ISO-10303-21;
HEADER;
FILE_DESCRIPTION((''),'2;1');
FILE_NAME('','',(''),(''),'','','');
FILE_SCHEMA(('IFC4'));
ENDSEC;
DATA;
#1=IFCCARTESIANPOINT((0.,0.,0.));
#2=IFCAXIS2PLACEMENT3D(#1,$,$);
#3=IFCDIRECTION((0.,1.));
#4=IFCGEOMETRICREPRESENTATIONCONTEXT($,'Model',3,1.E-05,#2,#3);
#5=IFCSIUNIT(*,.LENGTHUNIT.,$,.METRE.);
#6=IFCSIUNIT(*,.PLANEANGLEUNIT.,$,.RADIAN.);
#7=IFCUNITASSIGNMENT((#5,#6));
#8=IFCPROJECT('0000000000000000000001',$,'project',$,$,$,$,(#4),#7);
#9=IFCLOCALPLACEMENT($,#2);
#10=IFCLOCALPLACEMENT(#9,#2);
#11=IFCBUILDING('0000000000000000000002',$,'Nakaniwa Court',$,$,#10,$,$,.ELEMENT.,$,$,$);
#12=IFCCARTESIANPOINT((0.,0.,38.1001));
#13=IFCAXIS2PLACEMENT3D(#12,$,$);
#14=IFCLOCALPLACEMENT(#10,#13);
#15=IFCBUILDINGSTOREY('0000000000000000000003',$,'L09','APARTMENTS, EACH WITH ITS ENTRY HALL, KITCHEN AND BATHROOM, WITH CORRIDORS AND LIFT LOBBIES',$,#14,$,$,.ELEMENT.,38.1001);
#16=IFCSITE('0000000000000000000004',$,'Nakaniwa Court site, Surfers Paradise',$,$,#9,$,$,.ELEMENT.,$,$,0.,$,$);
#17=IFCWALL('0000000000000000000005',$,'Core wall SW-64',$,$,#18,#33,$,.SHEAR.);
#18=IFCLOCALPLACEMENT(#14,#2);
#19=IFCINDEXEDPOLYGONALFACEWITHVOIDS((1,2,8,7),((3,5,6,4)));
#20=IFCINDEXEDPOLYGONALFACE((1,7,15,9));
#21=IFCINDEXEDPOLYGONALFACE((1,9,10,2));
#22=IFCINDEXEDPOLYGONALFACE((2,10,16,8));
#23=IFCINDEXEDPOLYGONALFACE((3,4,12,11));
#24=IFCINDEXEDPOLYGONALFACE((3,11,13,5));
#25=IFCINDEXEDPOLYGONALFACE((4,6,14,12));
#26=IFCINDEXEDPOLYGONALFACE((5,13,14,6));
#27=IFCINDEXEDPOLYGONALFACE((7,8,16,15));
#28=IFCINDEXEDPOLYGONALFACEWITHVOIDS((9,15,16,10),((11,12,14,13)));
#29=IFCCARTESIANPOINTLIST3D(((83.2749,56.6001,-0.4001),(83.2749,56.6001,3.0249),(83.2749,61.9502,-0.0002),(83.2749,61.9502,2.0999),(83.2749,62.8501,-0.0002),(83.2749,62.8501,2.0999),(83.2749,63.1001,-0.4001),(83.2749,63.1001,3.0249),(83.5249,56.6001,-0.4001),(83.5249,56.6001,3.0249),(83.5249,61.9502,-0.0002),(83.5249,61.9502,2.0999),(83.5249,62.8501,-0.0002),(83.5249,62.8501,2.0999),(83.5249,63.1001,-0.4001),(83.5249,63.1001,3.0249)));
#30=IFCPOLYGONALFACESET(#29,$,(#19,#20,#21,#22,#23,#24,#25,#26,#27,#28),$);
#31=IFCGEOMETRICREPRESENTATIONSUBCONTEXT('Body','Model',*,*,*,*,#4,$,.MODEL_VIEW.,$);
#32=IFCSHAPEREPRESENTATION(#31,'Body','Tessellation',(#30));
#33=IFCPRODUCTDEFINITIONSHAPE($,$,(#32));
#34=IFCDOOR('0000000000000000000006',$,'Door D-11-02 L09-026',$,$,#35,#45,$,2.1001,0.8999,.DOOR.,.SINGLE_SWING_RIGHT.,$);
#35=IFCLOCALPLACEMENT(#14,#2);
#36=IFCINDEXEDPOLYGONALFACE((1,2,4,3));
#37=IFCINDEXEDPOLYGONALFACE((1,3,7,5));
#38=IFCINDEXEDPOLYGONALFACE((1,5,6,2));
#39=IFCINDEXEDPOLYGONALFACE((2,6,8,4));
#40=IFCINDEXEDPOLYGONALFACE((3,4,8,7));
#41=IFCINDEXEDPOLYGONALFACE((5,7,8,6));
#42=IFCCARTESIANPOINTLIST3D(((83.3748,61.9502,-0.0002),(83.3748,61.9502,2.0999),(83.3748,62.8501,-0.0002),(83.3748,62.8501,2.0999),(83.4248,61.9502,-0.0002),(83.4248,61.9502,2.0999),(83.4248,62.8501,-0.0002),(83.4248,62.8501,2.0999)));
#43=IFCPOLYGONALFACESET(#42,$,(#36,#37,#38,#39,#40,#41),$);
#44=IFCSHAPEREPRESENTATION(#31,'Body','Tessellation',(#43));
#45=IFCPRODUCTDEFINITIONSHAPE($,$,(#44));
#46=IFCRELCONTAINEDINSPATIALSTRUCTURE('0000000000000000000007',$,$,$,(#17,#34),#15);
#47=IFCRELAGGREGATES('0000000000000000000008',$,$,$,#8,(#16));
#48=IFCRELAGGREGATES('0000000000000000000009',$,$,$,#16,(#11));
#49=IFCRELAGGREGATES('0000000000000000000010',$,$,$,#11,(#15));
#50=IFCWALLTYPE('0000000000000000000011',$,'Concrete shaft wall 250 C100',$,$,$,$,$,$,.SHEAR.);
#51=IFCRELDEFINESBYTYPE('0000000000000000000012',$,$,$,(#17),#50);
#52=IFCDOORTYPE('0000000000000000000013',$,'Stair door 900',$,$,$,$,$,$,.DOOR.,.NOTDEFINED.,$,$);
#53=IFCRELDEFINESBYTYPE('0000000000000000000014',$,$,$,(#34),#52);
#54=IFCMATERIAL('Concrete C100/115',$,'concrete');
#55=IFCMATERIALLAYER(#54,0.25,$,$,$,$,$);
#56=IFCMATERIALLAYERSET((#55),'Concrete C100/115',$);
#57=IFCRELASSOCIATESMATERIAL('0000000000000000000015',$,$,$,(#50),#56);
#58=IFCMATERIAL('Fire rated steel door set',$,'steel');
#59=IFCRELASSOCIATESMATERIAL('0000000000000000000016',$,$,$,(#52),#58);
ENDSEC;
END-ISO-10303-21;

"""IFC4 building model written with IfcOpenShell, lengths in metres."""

from ifc_helpers import new_model, si_unit, direction, frame, frame_2d, origin, place, context, subcontext, project, spatial, rectangle, extrude, material, layer, layer_set, type_object, element, fill, save


model = new_model("IFC4")

# Units and contexts
model_context = context("Model", 3, precision=1e-05, world=origin(), true_north=direction((0.0, 1.0)))
body_context = subcontext(model_context, "Body", "Model", "MODEL_VIEW")
ifc_project = project(units=[si_unit("LENGTHUNIT", "METRE"), si_unit("PLANEANGLEUNIT", "RADIAN")], contexts=[model_context])

# Site, building, storey
site_placement = place(None, origin())
site = spatial("IfcSite", under=ifc_project, at=site_placement, Name="Nakaniwa Court site, Surfers Paradise", CompositionType="ELEMENT", RefElevation=0.0)
building_placement = place(site_placement, origin())
building = spatial("IfcBuilding", under=site, at=building_placement, Name="Nakaniwa Court", CompositionType="ELEMENT")
storey_placement = place(building_placement, frame((0.0, 0.0, 38.1001)))
storey = spatial("IfcBuildingStorey", under=building, at=storey_placement, Name="L09", Description="APARTMENTS, EACH WITH ITS ENTRY HALL, KITCHEN AND BATHROOM, WITH CORRIDORS AND LIFT LOBBIES", CompositionType="ELEMENT", Elevation=38.1001)

# Shared definitions
ifc_material_1 = material(Name="Fire rated steel door set", Category="steel")

# Shared definitions
ifc_material_2 = material(Name="Concrete C100/115", Category="concrete")
ifc_layer_1 = layer(ifc_material_2, 0.25)
ifc_layer_set_1 = layer_set([ifc_layer_1], Name="Concrete C100/115")
wall_type_1 = type_object("IfcWallType", Name="Concrete shaft wall 250 C100", PredefinedType="SHEAR", material=ifc_layer_set_1)

# Wall, opening, door
wall_1_placement = place(storey_placement, frame((83.3999, 63.1001, -0.4001), z_axis=(0.0, 0.0, 1.0), x_axis=(0.0, -1.0, 0.0)))
wall_1 = element("IfcWall", 1, at=wall_1_placement, inside=storey, type_object=wall_type_1, Name="Core wall SW-64", PredefinedType="SHEAR", context=body_context, shape_type="SweptSolid", body=[
    extrude(rectangle(XDim=6.5, YDim=0.25, at=frame_2d((3.25, 0.0))), origin(), (0.0, 0.0, 1.0), 3.425),
])
opening_1_placement = place(wall_1_placement, frame((0.25, 0.0, 0.3999)))
opening_1 = element("IfcOpeningElement", 2, at=opening_1_placement, cuts=wall_1, PredefinedType="OPENING", context=body_context, shape_type="SweptSolid", body=[
    extrude(rectangle(XDim=0.8999, YDim=2.1001, at=frame_2d((0.45, 1.05))), frame((0.0, 0.135, 0.0), z_axis=(0.0, -1.0, 0.0), x_axis=(1.0, 0.0, 0.0)), (0.0, 0.0, 1.0), 0.27),
])
door_type_1 = type_object("IfcDoorType", Name="Stair door 900", OperationType="NOTDEFINED", PredefinedType="DOOR", material=ifc_material_1)
door_1_placement = place(opening_1_placement, origin())
door_1 = element("IfcDoor", 3, at=door_1_placement, inside=storey, type_object=door_type_1, Name="Door D-11-02 L09-026", OperationType="SINGLE_SWING_RIGHT", OverallHeight=2.1001, OverallWidth=0.8999, PredefinedType="DOOR", context=body_context, shape_type="SweptSolid", body=[
    extrude(rectangle(XDim=0.8999, YDim=2.1001, at=frame_2d((0.45, 1.05))), frame((0.0, 0.0249, 0.0), z_axis=(0.0, -1.0, 0.0), x_axis=(1.0, 0.0, 0.0)), (0.0, 0.0, 1.0), 0.05),
])
fill(opening_1, door_1)

save(model, "model.ifc")
